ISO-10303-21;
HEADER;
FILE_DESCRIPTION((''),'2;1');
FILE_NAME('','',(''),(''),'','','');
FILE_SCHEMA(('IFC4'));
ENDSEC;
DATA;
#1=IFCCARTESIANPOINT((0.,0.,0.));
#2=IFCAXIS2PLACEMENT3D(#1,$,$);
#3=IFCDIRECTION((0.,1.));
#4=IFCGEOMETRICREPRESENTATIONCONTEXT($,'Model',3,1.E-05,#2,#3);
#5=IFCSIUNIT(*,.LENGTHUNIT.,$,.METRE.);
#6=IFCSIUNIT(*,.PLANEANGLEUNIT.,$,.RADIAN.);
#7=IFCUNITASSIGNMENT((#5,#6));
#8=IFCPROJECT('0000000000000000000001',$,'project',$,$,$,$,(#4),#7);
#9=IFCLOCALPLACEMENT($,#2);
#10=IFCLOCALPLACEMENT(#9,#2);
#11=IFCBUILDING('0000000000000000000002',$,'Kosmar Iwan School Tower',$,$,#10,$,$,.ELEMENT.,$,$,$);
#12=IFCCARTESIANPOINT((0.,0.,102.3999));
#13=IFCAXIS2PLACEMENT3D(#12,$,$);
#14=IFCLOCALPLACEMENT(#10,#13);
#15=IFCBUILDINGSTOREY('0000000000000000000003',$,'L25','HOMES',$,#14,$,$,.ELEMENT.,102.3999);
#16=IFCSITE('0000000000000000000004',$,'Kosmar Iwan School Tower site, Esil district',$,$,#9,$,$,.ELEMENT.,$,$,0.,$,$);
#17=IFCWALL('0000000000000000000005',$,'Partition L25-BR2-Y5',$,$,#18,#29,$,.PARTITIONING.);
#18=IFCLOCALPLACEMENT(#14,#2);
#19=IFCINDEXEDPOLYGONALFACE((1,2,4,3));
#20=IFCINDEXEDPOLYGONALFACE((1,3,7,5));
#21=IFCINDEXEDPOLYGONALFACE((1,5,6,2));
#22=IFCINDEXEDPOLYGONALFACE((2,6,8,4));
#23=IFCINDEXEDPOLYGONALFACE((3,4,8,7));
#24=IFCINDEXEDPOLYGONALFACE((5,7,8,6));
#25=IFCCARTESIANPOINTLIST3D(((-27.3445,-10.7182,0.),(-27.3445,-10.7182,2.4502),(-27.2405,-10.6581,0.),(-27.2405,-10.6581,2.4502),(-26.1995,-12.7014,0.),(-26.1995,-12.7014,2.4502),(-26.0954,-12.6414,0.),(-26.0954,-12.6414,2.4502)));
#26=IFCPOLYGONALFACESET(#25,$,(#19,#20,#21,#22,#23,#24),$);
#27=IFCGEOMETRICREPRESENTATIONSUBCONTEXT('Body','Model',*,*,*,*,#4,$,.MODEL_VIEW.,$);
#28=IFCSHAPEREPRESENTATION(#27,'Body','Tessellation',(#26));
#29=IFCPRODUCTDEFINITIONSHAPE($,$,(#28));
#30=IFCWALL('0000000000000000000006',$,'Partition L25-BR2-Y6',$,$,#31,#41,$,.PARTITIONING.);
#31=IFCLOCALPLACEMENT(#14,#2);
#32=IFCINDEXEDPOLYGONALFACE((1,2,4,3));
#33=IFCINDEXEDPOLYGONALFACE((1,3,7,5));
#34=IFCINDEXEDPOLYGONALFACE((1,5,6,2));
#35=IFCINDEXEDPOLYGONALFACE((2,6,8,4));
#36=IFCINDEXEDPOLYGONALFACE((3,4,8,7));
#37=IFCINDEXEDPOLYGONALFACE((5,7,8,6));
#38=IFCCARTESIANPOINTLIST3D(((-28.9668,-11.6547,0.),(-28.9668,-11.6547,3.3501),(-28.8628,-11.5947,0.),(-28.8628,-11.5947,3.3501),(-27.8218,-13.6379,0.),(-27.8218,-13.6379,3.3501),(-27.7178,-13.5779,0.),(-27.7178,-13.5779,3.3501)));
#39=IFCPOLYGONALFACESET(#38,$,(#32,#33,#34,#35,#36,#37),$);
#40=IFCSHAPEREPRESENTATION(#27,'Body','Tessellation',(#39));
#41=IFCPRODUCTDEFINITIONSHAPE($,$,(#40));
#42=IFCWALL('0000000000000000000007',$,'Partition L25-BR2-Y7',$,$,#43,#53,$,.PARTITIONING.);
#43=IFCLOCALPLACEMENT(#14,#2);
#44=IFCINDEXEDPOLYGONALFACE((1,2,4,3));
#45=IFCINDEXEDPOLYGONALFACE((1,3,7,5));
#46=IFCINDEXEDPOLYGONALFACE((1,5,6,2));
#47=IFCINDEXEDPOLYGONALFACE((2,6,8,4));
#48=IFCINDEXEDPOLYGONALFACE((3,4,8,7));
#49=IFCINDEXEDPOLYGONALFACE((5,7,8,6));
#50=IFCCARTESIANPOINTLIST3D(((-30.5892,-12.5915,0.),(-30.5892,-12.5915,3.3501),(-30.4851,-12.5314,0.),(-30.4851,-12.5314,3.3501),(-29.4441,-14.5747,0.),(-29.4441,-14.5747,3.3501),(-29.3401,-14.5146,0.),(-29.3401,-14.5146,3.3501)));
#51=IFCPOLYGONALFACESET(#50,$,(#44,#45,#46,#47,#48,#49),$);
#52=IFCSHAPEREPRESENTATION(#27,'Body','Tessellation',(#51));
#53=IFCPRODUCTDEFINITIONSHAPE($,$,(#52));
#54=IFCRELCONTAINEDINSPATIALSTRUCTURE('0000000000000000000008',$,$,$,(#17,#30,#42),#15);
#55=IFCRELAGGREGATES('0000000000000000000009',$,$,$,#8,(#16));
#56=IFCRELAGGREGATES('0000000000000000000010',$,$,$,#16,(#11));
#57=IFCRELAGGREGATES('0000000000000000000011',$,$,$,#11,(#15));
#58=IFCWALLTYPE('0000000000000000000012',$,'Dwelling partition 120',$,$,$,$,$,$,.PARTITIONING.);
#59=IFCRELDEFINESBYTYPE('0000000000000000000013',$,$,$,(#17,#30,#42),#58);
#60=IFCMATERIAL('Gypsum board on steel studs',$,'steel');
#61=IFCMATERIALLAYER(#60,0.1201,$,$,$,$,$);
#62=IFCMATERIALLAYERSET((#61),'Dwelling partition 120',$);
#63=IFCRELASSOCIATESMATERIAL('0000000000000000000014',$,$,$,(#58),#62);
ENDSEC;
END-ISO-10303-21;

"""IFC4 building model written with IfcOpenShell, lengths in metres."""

from ifc_helpers import new_model, si_unit, direction, frame, frame_2d, origin, place, context, subcontext, project, spatial, rectangle, extrude, material, layer, layer_set, type_object, element, save


model = new_model("IFC4")

# Units and contexts
model_context = context("Model", 3, precision=1e-05, world=origin(), true_north=direction((0.0, 1.0)))
body_context = subcontext(model_context, "Body", "Model", "MODEL_VIEW")
ifc_project = project(units=[si_unit("LENGTHUNIT", "METRE"), si_unit("PLANEANGLEUNIT", "RADIAN")], contexts=[model_context])

# Site, building, storey
site_placement = place(None, origin())
site = spatial("IfcSite", under=ifc_project, at=site_placement, Name="Kosmar Iwan School Tower site, Esil district", CompositionType="ELEMENT", RefElevation=0.0)
building_placement = place(site_placement, origin())
building = spatial("IfcBuilding", under=site, at=building_placement, Name="Kosmar Iwan School Tower", CompositionType="ELEMENT")
storey_placement = place(building_placement, frame((0.0, 0.0, 102.3999)))
storey = spatial("IfcBuildingStorey", under=building, at=storey_placement, Name="L25", Description="HOMES", CompositionType="ELEMENT", Elevation=102.3999)

# Walls
ifc_material_1 = material(Name="Gypsum board on steel studs", Category="steel")
ifc_layer_1 = layer(ifc_material_1, 0.1201)
ifc_layer_set_1 = layer_set([ifc_layer_1], Name="Dwelling partition 120")
wall_type_1 = type_object("IfcWallType", Name="Dwelling partition 120", PredefinedType="PARTITIONING", material=ifc_layer_set_1)
wall_1_placement = place(storey_placement, frame((-26.1475, -12.6714, 0.0), z_axis=(0.0, 0.0, 1.0), x_axis=(-0.500015, 0.866017, 0.0)))
element("IfcWall", 1, at=wall_1_placement, inside=storey, type_object=wall_type_1, Name="Partition L25-BR2-Y5", PredefinedType="PARTITIONING", context=body_context, shape_type="SweptSolid", body=[
    extrude(rectangle(XDim=2.29, YDim=0.1201, at=frame_2d((1.145, 0.0))), origin(), (0.0, 0.0, 1.0), 2.4502),
])
for number, where, z_axis, x_axis, name in (
    (2, (-27.7698, -13.6079, 0.0), (0.0, 0.0, 1.0), (-0.500015, 0.866017, 0.0), "Partition L25-BR2-Y6"),
    (3, (-29.3921, -14.5447, 0.0), (0.0, 0.0, 1.0), (-0.500015, 0.866017, 0.0), "Partition L25-BR2-Y7"),
):
    element("IfcWall", number, at=place(storey_placement, frame(where, z_axis=z_axis, x_axis=x_axis)), inside=storey, type_object=wall_type_1, Name=name, PredefinedType="PARTITIONING", context=body_context, shape_type="SweptSolid", body=[
        extrude(rectangle(XDim=2.29, YDim=0.1201, at=frame_2d((1.145, 0.0))), origin(), (0.0, 0.0, 1.0), 3.3501),
    ])

save(model, "model.ifc")
